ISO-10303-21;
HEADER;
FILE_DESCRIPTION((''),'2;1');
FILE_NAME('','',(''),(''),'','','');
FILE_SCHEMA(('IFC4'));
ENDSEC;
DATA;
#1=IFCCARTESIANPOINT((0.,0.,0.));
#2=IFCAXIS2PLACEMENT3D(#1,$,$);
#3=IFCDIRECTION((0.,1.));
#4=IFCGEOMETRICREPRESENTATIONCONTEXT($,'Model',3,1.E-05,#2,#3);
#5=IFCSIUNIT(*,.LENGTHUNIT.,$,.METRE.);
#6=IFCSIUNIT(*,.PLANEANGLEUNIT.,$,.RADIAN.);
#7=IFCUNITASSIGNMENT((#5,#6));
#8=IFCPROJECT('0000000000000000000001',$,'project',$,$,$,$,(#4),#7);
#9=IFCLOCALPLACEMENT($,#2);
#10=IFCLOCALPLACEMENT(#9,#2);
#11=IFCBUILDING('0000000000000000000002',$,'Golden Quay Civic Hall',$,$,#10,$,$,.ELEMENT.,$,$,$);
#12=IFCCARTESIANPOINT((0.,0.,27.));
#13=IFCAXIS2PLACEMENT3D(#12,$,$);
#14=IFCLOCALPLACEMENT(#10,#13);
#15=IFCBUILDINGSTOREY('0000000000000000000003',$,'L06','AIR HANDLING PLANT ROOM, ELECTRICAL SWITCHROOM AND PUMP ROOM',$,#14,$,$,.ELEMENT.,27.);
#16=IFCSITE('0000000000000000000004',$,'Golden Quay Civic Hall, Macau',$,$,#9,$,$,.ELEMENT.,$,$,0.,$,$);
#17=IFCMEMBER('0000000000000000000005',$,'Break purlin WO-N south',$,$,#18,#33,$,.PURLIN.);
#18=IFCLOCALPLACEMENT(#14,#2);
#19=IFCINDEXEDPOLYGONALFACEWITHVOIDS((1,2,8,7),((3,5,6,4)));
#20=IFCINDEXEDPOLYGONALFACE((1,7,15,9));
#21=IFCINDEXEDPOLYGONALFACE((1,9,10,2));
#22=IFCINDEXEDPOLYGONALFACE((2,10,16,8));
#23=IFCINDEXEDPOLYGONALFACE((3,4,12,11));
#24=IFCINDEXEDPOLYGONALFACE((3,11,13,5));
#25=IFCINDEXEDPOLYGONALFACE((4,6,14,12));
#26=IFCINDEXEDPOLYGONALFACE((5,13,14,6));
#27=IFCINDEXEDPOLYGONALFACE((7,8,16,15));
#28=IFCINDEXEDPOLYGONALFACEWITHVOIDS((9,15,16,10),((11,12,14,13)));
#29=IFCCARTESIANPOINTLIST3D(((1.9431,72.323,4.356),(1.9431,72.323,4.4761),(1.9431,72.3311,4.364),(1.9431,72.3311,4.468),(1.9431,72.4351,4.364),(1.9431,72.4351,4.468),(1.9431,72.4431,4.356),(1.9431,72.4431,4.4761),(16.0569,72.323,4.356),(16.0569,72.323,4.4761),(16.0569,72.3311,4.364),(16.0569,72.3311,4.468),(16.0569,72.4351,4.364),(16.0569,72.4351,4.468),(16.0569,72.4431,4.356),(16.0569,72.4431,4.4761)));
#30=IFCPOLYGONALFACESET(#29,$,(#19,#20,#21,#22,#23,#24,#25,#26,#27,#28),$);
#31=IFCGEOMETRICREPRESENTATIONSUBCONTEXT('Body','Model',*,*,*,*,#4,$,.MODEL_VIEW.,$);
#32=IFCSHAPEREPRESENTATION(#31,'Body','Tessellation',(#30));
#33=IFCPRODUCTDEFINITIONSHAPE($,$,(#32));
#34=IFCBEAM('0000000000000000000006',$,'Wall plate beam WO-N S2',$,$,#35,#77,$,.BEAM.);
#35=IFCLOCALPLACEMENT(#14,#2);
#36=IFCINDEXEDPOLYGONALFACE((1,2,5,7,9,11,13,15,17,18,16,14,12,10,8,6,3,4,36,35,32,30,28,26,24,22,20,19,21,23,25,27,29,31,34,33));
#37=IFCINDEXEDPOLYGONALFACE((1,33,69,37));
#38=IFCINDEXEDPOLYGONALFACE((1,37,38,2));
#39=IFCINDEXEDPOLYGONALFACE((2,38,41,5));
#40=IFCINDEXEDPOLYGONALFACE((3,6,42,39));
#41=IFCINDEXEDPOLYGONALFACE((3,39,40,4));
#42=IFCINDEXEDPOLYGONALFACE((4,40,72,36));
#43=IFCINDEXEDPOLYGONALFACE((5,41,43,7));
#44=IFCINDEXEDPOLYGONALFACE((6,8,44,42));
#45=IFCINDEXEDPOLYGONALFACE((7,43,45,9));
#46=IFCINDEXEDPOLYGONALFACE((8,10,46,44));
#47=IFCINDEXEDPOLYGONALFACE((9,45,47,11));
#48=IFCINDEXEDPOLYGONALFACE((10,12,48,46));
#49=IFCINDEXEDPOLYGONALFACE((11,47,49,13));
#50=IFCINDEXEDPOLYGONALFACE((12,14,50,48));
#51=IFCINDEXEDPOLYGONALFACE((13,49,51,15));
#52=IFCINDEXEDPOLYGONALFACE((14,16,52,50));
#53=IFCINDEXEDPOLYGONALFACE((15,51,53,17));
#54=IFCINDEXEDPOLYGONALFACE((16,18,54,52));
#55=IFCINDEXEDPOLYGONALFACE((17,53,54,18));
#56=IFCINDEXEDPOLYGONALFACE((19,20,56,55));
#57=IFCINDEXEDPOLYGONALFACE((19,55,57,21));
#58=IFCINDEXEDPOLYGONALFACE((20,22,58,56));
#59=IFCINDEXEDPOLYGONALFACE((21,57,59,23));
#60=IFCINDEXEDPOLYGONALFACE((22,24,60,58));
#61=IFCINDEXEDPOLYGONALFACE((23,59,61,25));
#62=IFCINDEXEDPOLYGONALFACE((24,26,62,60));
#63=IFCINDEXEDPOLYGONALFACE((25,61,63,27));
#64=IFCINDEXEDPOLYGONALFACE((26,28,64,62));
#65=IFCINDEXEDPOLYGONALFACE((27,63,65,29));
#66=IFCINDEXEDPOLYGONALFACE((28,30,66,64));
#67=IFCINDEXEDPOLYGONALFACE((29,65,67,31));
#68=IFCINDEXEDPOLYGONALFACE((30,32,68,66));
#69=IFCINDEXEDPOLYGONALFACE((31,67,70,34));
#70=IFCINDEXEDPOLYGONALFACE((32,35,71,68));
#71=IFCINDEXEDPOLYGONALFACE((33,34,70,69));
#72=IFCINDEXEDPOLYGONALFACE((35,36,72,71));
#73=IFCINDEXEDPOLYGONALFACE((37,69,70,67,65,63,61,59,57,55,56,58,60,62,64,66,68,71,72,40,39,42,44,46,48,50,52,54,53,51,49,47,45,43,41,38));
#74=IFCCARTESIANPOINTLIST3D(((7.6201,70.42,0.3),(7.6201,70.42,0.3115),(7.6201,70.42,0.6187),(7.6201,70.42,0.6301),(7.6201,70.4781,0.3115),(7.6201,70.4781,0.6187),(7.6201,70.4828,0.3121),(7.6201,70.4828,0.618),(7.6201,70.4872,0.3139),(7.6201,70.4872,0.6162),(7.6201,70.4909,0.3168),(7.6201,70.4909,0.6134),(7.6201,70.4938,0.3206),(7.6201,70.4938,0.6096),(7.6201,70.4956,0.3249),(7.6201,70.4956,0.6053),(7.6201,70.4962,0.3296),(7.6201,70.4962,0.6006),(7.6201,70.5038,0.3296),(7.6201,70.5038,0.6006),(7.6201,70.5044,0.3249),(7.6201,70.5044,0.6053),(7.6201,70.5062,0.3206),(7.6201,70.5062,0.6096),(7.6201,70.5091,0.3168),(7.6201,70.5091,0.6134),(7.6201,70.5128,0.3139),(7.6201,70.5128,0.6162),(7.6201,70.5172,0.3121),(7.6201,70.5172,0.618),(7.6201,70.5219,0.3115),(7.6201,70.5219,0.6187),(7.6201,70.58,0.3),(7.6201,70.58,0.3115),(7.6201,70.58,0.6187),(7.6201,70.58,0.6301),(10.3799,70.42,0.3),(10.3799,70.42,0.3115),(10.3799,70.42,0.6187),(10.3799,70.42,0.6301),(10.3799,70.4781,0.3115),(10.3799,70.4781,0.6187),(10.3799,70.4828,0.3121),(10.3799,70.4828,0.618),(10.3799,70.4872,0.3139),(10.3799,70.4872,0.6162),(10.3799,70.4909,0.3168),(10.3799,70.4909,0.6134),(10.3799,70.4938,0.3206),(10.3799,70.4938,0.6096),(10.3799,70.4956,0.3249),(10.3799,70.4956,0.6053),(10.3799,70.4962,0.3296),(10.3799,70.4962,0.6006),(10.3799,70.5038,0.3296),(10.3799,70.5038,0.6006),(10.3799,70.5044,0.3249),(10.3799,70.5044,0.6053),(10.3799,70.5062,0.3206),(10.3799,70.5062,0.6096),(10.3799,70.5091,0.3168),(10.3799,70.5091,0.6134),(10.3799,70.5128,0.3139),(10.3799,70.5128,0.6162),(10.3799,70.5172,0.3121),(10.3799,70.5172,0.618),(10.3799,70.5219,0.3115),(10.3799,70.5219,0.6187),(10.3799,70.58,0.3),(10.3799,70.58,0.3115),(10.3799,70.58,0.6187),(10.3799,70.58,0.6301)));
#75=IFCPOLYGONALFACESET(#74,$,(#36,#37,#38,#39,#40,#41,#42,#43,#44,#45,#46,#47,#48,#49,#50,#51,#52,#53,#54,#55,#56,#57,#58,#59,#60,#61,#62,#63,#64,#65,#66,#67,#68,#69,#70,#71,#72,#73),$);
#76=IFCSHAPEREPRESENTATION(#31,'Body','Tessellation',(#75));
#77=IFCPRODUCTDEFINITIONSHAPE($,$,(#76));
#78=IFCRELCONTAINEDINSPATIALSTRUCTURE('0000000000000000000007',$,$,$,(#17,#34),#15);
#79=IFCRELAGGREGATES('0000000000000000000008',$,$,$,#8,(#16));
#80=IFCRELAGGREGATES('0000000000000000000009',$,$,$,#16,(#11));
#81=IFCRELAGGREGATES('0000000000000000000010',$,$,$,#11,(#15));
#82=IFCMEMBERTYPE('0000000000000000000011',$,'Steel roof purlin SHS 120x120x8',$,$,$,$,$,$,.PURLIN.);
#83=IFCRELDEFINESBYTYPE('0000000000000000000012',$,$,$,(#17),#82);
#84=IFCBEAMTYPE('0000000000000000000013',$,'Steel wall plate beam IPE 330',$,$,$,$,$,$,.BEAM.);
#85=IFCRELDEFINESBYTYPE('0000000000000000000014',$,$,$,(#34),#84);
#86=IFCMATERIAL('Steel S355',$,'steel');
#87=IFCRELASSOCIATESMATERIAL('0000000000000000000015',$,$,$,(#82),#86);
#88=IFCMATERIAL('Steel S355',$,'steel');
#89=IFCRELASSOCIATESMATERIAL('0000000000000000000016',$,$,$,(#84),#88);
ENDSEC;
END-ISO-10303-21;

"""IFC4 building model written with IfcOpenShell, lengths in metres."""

from ifc_helpers import new_model, si_unit, direction, frame, origin, origin_2d, place, context, subcontext, project, spatial, hollow_rectangle, i_section, extrude, material, material_profile, profile_set, type_object, element, save


model = new_model("IFC4")

# Units and contexts
model_context = context("Model", 3, precision=1e-05, world=origin(), true_north=direction((0.0, 1.0)))
body_context = subcontext(model_context, "Body", "Model", "MODEL_VIEW")
ifc_project = project(units=[si_unit("LENGTHUNIT", "METRE"), si_unit("PLANEANGLEUNIT", "RADIAN")], contexts=[model_context])

# Site, building, storey
site_placement = place(None, origin())
site = spatial("IfcSite", under=ifc_project, at=site_placement, Name="Golden Quay Civic Hall, Macau", CompositionType="ELEMENT", RefElevation=0.0)
building_placement = place(site_placement, origin())
building = spatial("IfcBuilding", under=site, at=building_placement, Name="Golden Quay Civic Hall", CompositionType="ELEMENT")
storey_placement = place(building_placement, frame((0.0, 0.0, 27.0)))
storey = spatial("IfcBuildingStorey", under=building, at=storey_placement, Name="L06", Description="AIR HANDLING PLANT ROOM, ELECTRICAL SWITCHROOM AND PUMP ROOM", CompositionType="ELEMENT", Elevation=27.0)

# Member
ifc_material_1 = material(Name="Steel S355", Category="steel")
ifc_material_profile_1 = material_profile(ifc_material_1, hollow_rectangle(XDim=0.1201, YDim=0.1201, WallThickness=0.0081, at=origin_2d()), Name="SHS 120x120x8")
ifc_profile_set_1 = profile_set([ifc_material_profile_1], Name="Steel S355")
member_type_1 = type_object("IfcMemberType", Name="Steel roof purlin SHS 120x120x8", PredefinedType="PURLIN", material=ifc_profile_set_1)
member_1_placement = place(storey_placement, frame((1.9431, 72.3831, 4.416), z_axis=(1.0, 0.0, 0.0), x_axis=(0.0, 1.0, 0.0)))
element("IfcMember", 1, at=member_1_placement, inside=storey, type_object=member_type_1, Name="Break purlin WO-N south", PredefinedType="PURLIN", context=body_context, shape_type="SweptSolid", body=[
    extrude(hollow_rectangle(XDim=0.1201, YDim=0.1201, WallThickness=0.0081, at=origin_2d()), origin(), (0.0, 0.0, 1.0), 14.1138),
])

# Beam
ifc_material_2 = material(Name="Steel S355", Category="steel")
ifc_material_profile_2 = material_profile(ifc_material_2, i_section(OverallWidth=0.1599, OverallDepth=0.3301, WebThickness=0.0076, FlangeThickness=0.0115, FilletRadius=0.0181, at=origin_2d()), Name="IPE 330")
ifc_profile_set_2 = profile_set([ifc_material_profile_2], Name="Steel S355")
beam_type_1 = type_object("IfcBeamType", Name="Steel wall plate beam IPE 330", PredefinedType="BEAM", material=ifc_profile_set_2)
beam_1_placement = place(storey_placement, frame((7.6201, 70.5, 0.4651), z_axis=(1.0, 0.0, 0.0), x_axis=(0.0, 1.0, 0.0)))
element("IfcBeam", 2, at=beam_1_placement, inside=storey, type_object=beam_type_1, Name="Wall plate beam WO-N S2", PredefinedType="BEAM", context=body_context, shape_type="SweptSolid", body=[
    extrude(i_section(OverallWidth=0.1599, OverallDepth=0.3301, WebThickness=0.0076, FlangeThickness=0.0115, FilletRadius=0.0181, at=origin_2d()), origin(), (0.0, 0.0, 1.0), 2.7598),
])

save(model, "model.ifc")
